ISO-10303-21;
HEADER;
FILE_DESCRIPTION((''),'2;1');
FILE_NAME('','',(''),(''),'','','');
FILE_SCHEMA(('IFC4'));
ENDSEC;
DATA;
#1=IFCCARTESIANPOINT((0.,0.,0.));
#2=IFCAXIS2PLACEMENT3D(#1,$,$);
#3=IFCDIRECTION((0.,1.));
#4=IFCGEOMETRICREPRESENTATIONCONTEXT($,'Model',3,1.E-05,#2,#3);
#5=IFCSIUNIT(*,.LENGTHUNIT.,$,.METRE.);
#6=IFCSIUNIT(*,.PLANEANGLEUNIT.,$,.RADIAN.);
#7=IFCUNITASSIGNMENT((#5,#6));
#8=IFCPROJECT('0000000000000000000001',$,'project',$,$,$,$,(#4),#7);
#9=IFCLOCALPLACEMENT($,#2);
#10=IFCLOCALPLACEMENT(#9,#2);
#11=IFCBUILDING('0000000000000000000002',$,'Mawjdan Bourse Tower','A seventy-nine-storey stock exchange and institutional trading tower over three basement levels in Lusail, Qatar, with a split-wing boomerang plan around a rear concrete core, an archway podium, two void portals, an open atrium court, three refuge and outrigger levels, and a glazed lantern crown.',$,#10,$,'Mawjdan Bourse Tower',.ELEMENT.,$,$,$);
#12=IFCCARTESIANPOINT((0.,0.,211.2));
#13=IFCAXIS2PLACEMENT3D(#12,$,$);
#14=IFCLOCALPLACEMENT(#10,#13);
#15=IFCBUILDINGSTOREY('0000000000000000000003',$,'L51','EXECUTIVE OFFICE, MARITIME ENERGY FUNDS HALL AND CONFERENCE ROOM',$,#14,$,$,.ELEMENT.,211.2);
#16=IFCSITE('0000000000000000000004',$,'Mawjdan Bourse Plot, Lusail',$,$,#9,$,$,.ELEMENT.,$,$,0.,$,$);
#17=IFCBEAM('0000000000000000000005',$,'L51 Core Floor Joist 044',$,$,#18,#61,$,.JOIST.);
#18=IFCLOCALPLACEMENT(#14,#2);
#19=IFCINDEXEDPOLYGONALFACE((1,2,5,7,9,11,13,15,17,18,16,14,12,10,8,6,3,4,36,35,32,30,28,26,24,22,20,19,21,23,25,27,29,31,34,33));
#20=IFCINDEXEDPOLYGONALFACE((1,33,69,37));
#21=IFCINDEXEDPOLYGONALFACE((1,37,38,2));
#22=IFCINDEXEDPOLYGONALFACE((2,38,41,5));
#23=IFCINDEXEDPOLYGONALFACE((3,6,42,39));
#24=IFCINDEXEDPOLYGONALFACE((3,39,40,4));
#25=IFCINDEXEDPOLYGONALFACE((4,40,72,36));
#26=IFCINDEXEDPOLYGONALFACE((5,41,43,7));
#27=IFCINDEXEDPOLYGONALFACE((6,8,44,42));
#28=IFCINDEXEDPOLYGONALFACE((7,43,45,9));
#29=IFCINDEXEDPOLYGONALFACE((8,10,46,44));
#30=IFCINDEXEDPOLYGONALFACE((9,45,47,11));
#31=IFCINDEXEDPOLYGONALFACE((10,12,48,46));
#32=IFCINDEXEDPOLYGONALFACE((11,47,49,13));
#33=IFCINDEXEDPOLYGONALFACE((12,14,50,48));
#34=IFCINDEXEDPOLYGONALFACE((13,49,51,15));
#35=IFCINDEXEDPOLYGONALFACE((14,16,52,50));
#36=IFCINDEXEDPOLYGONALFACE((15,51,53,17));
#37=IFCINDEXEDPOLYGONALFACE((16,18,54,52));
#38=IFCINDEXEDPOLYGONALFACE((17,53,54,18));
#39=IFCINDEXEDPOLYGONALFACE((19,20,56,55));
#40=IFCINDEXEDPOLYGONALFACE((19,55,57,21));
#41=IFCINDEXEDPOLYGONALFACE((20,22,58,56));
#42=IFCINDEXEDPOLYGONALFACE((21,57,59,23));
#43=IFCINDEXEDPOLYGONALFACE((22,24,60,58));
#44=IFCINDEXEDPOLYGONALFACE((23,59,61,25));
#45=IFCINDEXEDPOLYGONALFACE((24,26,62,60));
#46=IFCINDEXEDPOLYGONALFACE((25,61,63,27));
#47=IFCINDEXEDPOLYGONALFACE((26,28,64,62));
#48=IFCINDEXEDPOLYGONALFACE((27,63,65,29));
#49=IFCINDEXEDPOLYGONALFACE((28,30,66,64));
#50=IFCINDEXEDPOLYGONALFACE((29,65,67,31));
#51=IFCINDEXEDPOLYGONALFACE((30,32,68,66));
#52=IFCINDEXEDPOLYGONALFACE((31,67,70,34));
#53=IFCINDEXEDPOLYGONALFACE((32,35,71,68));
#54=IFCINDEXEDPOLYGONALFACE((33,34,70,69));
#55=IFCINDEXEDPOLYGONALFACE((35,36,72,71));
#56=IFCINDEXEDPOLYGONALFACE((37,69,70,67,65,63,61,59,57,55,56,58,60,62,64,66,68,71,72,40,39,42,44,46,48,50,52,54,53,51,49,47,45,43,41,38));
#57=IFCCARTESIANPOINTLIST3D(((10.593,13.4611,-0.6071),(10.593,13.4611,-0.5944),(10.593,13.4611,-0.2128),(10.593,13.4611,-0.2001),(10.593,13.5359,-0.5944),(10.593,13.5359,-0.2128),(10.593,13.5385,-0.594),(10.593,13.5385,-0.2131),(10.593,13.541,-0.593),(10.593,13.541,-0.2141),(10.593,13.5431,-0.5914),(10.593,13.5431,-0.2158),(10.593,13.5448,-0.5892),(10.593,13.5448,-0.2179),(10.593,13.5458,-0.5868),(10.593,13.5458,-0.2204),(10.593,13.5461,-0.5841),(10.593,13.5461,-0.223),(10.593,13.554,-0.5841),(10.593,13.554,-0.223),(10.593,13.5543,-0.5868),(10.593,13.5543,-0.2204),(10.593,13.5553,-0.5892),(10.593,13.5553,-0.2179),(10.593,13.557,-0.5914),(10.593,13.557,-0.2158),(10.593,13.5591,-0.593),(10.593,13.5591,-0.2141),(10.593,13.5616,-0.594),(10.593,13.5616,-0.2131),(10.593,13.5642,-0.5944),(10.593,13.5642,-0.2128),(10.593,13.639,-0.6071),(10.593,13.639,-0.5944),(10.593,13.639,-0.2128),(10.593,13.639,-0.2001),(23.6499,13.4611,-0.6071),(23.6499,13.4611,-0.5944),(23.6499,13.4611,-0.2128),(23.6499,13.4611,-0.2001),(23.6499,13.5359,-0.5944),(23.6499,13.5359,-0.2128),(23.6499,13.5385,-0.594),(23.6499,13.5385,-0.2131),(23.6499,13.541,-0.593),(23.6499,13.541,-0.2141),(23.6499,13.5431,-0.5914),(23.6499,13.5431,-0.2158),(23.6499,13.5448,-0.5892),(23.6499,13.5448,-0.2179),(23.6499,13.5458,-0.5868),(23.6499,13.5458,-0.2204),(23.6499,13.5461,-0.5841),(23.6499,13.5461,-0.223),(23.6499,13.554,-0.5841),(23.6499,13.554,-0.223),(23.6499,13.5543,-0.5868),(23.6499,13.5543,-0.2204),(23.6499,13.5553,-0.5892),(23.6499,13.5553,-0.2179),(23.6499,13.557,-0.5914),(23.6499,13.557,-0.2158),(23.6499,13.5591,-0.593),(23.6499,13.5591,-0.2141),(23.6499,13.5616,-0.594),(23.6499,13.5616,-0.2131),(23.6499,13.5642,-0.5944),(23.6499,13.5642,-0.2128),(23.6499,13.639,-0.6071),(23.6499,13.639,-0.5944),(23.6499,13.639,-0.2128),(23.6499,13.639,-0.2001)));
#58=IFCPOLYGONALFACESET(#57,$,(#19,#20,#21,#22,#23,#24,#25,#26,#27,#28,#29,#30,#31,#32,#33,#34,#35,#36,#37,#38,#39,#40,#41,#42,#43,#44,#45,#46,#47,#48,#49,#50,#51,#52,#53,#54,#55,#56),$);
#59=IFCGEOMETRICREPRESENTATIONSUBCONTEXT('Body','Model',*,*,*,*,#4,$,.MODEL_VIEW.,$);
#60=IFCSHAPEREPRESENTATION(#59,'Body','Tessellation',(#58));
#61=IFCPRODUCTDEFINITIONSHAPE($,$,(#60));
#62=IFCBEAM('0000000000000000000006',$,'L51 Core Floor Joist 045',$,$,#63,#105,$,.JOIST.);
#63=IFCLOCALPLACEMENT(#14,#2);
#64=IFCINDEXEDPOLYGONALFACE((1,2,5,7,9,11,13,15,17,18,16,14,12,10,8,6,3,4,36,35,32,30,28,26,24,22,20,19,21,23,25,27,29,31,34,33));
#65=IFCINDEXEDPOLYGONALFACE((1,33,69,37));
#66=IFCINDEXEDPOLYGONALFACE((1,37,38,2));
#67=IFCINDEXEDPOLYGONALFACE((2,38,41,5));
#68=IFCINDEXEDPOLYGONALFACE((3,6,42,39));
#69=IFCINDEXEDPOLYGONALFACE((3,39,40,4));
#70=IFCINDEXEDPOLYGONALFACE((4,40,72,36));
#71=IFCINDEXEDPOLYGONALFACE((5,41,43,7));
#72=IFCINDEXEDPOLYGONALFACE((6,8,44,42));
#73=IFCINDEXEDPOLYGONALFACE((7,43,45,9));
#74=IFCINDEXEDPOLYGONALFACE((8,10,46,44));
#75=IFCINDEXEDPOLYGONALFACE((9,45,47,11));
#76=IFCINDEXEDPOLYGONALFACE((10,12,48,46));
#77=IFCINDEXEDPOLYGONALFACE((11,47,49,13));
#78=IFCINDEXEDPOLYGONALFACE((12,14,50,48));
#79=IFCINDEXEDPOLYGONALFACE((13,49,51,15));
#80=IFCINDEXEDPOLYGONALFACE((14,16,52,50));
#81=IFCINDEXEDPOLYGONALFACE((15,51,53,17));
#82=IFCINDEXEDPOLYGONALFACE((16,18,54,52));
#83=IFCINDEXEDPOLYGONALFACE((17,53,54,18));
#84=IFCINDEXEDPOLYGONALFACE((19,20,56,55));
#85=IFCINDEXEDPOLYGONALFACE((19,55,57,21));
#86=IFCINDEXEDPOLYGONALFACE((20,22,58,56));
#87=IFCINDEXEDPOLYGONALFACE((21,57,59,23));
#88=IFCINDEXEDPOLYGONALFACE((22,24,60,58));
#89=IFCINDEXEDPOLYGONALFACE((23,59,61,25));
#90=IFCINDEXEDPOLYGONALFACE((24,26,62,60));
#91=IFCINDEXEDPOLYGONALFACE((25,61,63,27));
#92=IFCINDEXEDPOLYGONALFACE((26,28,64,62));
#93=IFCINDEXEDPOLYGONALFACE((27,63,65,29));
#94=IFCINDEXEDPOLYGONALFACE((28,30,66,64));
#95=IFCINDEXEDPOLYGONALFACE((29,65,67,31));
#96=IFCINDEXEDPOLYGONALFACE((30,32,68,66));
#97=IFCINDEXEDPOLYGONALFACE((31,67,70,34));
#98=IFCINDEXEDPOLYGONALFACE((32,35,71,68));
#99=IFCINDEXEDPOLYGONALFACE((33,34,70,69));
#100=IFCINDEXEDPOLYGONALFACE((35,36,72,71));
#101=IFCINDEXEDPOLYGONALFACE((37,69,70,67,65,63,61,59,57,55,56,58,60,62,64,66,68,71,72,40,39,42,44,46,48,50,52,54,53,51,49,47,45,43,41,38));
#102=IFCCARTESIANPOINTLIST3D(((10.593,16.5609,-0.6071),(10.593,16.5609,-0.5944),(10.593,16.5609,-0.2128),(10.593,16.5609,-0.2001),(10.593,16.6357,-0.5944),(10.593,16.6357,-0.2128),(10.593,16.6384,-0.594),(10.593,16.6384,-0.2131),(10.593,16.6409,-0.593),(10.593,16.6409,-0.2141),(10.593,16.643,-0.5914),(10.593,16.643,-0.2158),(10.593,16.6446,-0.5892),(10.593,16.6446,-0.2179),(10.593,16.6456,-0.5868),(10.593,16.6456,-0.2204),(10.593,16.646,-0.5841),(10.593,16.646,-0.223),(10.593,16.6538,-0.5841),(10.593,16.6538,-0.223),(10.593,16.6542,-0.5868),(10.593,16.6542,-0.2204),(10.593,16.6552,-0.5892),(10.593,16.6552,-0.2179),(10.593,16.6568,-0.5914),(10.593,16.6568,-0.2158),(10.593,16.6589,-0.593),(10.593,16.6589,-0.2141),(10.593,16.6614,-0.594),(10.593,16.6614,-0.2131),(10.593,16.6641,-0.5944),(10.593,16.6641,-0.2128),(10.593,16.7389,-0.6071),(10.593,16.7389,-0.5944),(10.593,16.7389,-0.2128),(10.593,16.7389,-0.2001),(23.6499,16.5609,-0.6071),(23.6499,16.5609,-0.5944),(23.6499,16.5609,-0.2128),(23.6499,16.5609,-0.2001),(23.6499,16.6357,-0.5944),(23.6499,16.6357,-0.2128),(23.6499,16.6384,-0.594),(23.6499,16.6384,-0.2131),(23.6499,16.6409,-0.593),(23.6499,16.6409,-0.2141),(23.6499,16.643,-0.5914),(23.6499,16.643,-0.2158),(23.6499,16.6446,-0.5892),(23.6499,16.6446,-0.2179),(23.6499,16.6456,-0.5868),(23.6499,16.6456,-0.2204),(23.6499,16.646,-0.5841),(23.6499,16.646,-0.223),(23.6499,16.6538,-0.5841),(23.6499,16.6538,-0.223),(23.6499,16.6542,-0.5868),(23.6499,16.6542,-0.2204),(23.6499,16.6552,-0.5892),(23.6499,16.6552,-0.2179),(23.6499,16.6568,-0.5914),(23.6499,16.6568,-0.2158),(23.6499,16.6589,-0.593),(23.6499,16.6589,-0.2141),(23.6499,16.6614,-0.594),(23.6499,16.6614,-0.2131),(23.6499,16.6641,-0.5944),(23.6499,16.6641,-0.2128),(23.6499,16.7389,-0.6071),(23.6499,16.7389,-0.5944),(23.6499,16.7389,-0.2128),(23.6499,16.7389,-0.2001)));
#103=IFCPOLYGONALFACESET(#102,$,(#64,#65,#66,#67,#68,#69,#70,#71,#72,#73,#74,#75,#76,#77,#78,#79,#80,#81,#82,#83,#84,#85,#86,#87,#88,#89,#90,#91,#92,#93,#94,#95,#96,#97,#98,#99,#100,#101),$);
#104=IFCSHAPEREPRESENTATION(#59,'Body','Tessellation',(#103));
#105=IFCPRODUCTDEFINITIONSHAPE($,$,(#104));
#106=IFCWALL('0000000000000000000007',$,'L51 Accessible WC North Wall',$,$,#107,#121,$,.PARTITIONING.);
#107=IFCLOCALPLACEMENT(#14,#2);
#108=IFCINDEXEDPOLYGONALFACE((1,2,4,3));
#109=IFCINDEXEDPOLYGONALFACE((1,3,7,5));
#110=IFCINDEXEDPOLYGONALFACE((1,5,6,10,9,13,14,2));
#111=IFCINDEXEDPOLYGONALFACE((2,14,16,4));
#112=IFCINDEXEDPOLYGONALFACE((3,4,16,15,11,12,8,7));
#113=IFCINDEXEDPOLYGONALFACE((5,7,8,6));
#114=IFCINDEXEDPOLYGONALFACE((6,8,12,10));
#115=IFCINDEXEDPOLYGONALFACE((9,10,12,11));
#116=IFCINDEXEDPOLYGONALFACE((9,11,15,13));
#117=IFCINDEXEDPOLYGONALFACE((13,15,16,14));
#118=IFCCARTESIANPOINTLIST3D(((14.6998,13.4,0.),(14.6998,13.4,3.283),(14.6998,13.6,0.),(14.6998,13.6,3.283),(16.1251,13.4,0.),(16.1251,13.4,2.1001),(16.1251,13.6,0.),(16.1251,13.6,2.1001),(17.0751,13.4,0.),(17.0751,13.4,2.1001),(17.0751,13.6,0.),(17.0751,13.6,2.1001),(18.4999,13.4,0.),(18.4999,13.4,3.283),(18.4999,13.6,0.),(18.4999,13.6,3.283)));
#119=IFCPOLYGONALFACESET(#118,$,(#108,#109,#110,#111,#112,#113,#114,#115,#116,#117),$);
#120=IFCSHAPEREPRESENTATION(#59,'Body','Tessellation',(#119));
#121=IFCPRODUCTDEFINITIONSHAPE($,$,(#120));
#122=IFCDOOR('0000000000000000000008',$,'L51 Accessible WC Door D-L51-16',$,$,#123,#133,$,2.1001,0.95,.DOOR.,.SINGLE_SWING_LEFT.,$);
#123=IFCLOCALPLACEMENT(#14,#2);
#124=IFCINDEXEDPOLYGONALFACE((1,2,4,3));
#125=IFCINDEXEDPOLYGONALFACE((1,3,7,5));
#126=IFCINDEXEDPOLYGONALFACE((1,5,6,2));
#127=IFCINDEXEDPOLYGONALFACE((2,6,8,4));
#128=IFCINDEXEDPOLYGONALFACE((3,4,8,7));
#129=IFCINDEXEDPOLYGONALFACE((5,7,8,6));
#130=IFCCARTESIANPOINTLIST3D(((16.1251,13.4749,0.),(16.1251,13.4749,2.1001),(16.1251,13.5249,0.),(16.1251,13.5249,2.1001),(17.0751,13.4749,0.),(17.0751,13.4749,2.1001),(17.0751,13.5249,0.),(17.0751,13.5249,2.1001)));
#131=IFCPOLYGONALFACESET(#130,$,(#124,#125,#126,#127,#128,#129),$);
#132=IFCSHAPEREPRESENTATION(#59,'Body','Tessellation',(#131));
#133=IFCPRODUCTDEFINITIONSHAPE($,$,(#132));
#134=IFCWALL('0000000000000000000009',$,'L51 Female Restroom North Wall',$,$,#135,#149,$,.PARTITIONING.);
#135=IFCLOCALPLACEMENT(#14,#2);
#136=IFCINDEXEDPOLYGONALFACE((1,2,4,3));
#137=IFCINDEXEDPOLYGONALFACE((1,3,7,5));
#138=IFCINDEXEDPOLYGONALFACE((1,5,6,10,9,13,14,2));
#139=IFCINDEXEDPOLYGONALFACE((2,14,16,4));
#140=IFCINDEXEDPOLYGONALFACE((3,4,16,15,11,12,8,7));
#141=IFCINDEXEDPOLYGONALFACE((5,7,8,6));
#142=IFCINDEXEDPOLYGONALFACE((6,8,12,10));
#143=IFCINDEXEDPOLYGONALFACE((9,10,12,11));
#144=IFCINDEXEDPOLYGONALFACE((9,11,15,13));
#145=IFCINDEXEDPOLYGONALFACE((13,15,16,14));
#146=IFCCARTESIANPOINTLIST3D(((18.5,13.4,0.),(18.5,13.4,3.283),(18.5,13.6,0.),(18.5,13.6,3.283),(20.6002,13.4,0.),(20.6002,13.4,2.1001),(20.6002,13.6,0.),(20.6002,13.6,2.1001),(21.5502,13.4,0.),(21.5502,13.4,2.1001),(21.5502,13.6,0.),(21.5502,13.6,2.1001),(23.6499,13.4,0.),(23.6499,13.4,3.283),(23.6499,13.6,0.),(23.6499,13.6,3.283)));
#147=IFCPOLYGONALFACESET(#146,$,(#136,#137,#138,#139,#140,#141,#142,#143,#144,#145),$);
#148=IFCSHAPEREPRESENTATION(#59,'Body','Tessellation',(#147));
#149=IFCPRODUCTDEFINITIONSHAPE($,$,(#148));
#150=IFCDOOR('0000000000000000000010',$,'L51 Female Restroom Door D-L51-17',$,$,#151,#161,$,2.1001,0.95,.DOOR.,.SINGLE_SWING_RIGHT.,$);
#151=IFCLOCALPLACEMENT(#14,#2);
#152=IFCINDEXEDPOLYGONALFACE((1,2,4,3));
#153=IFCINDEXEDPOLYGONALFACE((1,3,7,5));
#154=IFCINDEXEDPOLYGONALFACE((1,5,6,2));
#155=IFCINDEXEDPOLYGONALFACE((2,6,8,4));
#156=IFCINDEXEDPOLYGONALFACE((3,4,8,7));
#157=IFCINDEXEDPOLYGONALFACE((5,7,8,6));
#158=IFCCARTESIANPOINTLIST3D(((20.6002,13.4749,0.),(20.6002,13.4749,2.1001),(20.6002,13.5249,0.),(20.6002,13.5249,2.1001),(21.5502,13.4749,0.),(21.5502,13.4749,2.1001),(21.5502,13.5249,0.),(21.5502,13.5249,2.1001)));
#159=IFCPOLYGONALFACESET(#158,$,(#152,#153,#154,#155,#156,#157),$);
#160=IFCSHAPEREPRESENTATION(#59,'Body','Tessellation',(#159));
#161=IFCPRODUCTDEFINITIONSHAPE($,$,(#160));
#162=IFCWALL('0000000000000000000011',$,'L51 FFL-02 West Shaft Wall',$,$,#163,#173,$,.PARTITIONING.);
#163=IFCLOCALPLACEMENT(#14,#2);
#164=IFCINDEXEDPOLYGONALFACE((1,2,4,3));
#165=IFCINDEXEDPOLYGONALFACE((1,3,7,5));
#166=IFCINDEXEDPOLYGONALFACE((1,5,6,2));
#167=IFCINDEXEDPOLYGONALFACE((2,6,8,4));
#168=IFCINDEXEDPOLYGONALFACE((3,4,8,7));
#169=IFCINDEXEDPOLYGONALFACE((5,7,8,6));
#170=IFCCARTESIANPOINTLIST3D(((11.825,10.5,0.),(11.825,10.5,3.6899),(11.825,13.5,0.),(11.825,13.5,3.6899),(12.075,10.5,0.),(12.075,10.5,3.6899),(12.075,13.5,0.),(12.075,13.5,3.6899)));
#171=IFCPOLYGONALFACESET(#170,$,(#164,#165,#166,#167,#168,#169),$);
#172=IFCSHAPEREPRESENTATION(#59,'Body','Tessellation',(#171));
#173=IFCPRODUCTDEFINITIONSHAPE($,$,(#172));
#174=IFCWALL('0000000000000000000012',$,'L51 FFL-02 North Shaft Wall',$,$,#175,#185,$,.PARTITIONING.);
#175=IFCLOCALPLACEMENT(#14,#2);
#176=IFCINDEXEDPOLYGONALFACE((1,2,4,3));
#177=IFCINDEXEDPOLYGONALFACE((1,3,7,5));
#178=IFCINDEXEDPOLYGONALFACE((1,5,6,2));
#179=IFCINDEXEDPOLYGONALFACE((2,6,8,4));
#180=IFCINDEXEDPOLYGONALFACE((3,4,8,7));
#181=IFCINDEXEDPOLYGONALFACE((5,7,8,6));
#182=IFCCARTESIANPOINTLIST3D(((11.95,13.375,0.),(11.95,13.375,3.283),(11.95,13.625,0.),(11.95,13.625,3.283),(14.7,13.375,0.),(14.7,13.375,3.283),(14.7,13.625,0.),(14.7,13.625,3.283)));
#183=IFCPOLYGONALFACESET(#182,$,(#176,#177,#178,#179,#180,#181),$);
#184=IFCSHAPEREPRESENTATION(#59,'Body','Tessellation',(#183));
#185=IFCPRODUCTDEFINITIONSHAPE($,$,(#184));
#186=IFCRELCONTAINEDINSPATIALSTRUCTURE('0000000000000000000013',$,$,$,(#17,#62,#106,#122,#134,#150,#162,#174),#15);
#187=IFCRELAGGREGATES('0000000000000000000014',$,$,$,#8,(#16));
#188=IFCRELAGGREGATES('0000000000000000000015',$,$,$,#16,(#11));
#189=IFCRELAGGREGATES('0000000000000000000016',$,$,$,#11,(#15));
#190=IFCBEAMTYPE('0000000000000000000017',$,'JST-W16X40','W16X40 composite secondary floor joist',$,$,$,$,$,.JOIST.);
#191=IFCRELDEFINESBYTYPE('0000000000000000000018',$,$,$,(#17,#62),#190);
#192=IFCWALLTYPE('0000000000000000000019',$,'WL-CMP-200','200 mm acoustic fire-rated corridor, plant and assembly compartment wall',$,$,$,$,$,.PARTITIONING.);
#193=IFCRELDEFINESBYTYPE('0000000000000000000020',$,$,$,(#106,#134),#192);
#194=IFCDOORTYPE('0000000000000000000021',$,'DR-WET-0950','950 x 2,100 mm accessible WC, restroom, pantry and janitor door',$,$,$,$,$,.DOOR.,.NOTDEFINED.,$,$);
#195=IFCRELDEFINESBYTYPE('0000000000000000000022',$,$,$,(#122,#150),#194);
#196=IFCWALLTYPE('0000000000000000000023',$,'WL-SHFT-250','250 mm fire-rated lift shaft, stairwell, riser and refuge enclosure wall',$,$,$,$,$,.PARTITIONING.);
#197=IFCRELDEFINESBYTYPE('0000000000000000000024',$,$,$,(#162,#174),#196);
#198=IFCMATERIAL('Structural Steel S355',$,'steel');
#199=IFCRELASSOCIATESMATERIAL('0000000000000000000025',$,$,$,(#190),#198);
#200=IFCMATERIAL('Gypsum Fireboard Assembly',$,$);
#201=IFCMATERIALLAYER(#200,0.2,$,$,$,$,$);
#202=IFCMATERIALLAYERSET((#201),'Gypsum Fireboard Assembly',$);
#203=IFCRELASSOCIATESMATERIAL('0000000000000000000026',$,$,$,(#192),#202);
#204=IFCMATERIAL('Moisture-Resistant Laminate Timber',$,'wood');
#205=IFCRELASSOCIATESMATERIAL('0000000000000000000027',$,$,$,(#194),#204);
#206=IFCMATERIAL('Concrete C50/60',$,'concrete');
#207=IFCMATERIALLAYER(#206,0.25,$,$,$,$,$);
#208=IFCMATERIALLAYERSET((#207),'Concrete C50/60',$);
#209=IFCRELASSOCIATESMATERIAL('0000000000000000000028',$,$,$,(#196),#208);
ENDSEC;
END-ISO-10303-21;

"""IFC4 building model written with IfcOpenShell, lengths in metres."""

from ifc_helpers import new_model, si_unit, direction, frame, frame_2d, origin, origin_2d, place, context, subcontext, project, spatial, rectangle, i_section, extrude, material, layer, layer_set, material_profile, profile_set, type_object, element, fill, save


model = new_model("IFC4")

# Units and contexts
model_context = context("Model", 3, precision=1e-05, world=origin(), true_north=direction((0.0, 1.0)))
body_context = subcontext(model_context, "Body", "Model", "MODEL_VIEW")
ifc_project = project(units=[si_unit("LENGTHUNIT", "METRE"), si_unit("PLANEANGLEUNIT", "RADIAN")], contexts=[model_context])

# Site, building, storey
site_placement = place(None, origin())
site = spatial("IfcSite", under=ifc_project, at=site_placement, Name="Mawjdan Bourse Plot, Lusail", CompositionType="ELEMENT", RefElevation=0.0)
building_placement = place(site_placement, origin())
building = spatial("IfcBuilding", under=site, at=building_placement, Name="Mawjdan Bourse Tower", Description="A seventy-nine-storey stock exchange and institutional trading tower over three basement levels in Lusail, Qatar, with a split-wing boomerang plan around a rear concrete core, an archway podium, two void portals, an open atrium court, three refuge and outrigger levels, and a glazed lantern crown.", LongName="Mawjdan Bourse Tower", CompositionType="ELEMENT")
storey_placement = place(building_placement, frame((0.0, 0.0, 211.2)))
storey = spatial("IfcBuildingStorey", under=building, at=storey_placement, Name="L51", Description="EXECUTIVE OFFICE, MARITIME ENERGY FUNDS HALL AND CONFERENCE ROOM", CompositionType="ELEMENT", Elevation=211.2)

# Beams
ifc_material_1 = material(Name="Structural Steel S355", Category="steel")
ifc_material_profile = material_profile(ifc_material_1, i_section(OverallWidth=0.178, OverallDepth=0.407, WebThickness=0.0078, FlangeThickness=0.0127, FilletRadius=0.0103, at=origin_2d()), Name="W16X40")
ifc_profile_set = profile_set([ifc_material_profile], Name="Structural Steel S355")
beam_type = type_object("IfcBeamType", Name="JST-W16X40", Description="W16X40 composite secondary floor joist", PredefinedType="JOIST", material=ifc_profile_set)
for number, where, z_axis, x_axis, name in (
    (1, (10.593, 13.55, -0.4036), (1.0, 0.0, 0.0), (0.0, 1.0, 0.0), "L51 Core Floor Joist 044"),
    (2, (10.593, 16.6499, -0.4036), (1.0, 0.0, 0.0), (0.0, 1.0, 0.0), "L51 Core Floor Joist 045"),
):
    element("IfcBeam", number, at=place(storey_placement, frame(where, z_axis=z_axis, x_axis=x_axis)), inside=storey, type_object=beam_type, Name=name, PredefinedType="JOIST", context=body_context, shape_type="SweptSolid", body=[
        extrude(i_section(OverallWidth=0.178, OverallDepth=0.407, WebThickness=0.0078, FlangeThickness=0.0127, FilletRadius=0.0103, at=origin_2d()), origin(), (0.0, 0.0, 1.0), 13.0569),
    ])

# Walls, openings, doors
ifc_material_2 = material(Name="Gypsum Fireboard Assembly")
ifc_layer_1 = layer(ifc_material_2, 0.2)
ifc_layer_set_1 = layer_set([ifc_layer_1], Name="Gypsum Fireboard Assembly")
wall_type_1 = type_object("IfcWallType", Name="WL-CMP-200", Description="200 mm acoustic fire-rated corridor, plant and assembly compartment wall", PredefinedType="PARTITIONING", material=ifc_layer_set_1)
wall_1_placement = place(storey_placement, frame((14.7, 13.5, 0.0), z_axis=(0.0, 0.0, 1.0), x_axis=(1.0, 0.0, 0.0)))
wall_1 = element("IfcWall", 3, at=wall_1_placement, inside=storey, type_object=wall_type_1, Name="L51 Accessible WC North Wall", PredefinedType="PARTITIONING", context=body_context, shape_type="SweptSolid", body=[
    extrude(rectangle(XDim=3.8, YDim=0.2, at=frame_2d((1.8999, 0.0))), origin(), (0.0, 0.0, 1.0), 3.283),
])
opening_1_placement = place(wall_1_placement, frame((1.425, 0.0, 0.0)))
opening_1 = element("IfcOpeningElement", 4, at=opening_1_placement, cuts=wall_1, PredefinedType="OPENING", context=body_context, shape_type="SweptSolid", body=[
    extrude(rectangle(XDim=0.95, YDim=2.1001, at=frame_2d((0.4751, 1.05))), frame((0.0, 0.1099, 0.0), z_axis=(0.0, -1.0, 0.0), x_axis=(1.0, 0.0, 0.0)), (0.0, 0.0, 1.0), 0.22),
])
ifc_material_3 = material(Name="Moisture-Resistant Laminate Timber", Category="wood")
door_type_1 = type_object("IfcDoorType", Name="DR-WET-0950", Description="950 x 2,100 mm accessible WC, restroom, pantry and janitor door", OperationType="NOTDEFINED", PredefinedType="DOOR", material=ifc_material_3)
door_1_placement = place(opening_1_placement, origin())
door_1 = element("IfcDoor", 5, at=door_1_placement, inside=storey, type_object=door_type_1, Name="L51 Accessible WC Door D-L51-16", OperationType="SINGLE_SWING_LEFT", OverallHeight=2.1001, OverallWidth=0.95, PredefinedType="DOOR", context=body_context, shape_type="SweptSolid", body=[
    extrude(rectangle(XDim=0.95, YDim=2.1001, at=frame_2d((0.4751, 1.05))), frame((0.0, 0.0249, 0.0), z_axis=(0.0, -1.0, 0.0), x_axis=(1.0, 0.0, 0.0)), (0.0, 0.0, 1.0), 0.05),
])
fill(opening_1, door_1)
wall_2_placement = place(storey_placement, frame((18.5, 13.5, 0.0), z_axis=(0.0, 0.0, 1.0), x_axis=(1.0, 0.0, 0.0)))
wall_2 = element("IfcWall", 6, at=wall_2_placement, inside=storey, type_object=wall_type_1, Name="L51 Female Restroom North Wall", PredefinedType="PARTITIONING", context=body_context, shape_type="SweptSolid", body=[
    extrude(rectangle(XDim=5.1499, YDim=0.2, at=frame_2d((2.575, 0.0))), origin(), (0.0, 0.0, 1.0), 3.283),
])
opening_2_placement = place(wall_2_placement, frame((2.1001, 0.0, 0.0)))
opening_2 = element("IfcOpeningElement", 7, at=opening_2_placement, cuts=wall_2, PredefinedType="OPENING", context=body_context, shape_type="SweptSolid", body=[
    extrude(rectangle(XDim=0.95, YDim=2.1001, at=frame_2d((0.4751, 1.05))), frame((0.0, 0.1099, 0.0), z_axis=(0.0, -1.0, 0.0), x_axis=(1.0, 0.0, 0.0)), (0.0, 0.0, 1.0), 0.22),
])
door_2_placement = place(opening_2_placement, origin())
door_2 = element("IfcDoor", 8, at=door_2_placement, inside=storey, type_object=door_type_1, Name="L51 Female Restroom Door D-L51-17", OperationType="SINGLE_SWING_RIGHT", OverallHeight=2.1001, OverallWidth=0.95, PredefinedType="DOOR", context=body_context, shape_type="SweptSolid", body=[
    extrude(rectangle(XDim=0.95, YDim=2.1001, at=frame_2d((0.4751, 1.05))), frame((0.0, 0.0249, 0.0), z_axis=(0.0, -1.0, 0.0), x_axis=(1.0, 0.0, 0.0)), (0.0, 0.0, 1.0), 0.05),
])
fill(opening_2, door_2)

# Walls
ifc_material_4 = material(Name="Concrete C50/60", Category="concrete")
ifc_layer_2 = layer(ifc_material_4, 0.25)
ifc_layer_set_2 = layer_set([ifc_layer_2], Name="Concrete C50/60")
wall_type_2 = type_object("IfcWallType", Name="WL-SHFT-250", Description="250 mm fire-rated lift shaft, stairwell, riser and refuge enclosure wall", PredefinedType="PARTITIONING", material=ifc_layer_set_2)
wall_3_placement = place(storey_placement, frame((11.95, 10.5, 0.0), z_axis=(0.0, 0.0, 1.0), x_axis=(0.0, 1.0, 0.0)))
element("IfcWall", 9, at=wall_3_placement, inside=storey, type_object=wall_type_2, Name="L51 FFL-02 West Shaft Wall", PredefinedType="PARTITIONING", context=body_context, shape_type="SweptSolid", body=[
    extrude(rectangle(XDim=3.0, YDim=0.25, at=frame_2d((1.5, 0.0))), origin(), (0.0, 0.0, 1.0), 3.6899),
])
wall_4_placement = place(storey_placement, frame((11.95, 13.5, 0.0), z_axis=(0.0, 0.0, 1.0), x_axis=(1.0, 0.0, 0.0)))
element("IfcWall", 10, at=wall_4_placement, inside=storey, type_object=wall_type_2, Name="L51 FFL-02 North Shaft Wall", PredefinedType="PARTITIONING", context=body_context, shape_type="SweptSolid", body=[
    extrude(rectangle(XDim=2.75, YDim=0.25, at=frame_2d((1.375, 0.0))), origin(), (0.0, 0.0, 1.0), 3.283),
])

save(model, "model.ifc")
